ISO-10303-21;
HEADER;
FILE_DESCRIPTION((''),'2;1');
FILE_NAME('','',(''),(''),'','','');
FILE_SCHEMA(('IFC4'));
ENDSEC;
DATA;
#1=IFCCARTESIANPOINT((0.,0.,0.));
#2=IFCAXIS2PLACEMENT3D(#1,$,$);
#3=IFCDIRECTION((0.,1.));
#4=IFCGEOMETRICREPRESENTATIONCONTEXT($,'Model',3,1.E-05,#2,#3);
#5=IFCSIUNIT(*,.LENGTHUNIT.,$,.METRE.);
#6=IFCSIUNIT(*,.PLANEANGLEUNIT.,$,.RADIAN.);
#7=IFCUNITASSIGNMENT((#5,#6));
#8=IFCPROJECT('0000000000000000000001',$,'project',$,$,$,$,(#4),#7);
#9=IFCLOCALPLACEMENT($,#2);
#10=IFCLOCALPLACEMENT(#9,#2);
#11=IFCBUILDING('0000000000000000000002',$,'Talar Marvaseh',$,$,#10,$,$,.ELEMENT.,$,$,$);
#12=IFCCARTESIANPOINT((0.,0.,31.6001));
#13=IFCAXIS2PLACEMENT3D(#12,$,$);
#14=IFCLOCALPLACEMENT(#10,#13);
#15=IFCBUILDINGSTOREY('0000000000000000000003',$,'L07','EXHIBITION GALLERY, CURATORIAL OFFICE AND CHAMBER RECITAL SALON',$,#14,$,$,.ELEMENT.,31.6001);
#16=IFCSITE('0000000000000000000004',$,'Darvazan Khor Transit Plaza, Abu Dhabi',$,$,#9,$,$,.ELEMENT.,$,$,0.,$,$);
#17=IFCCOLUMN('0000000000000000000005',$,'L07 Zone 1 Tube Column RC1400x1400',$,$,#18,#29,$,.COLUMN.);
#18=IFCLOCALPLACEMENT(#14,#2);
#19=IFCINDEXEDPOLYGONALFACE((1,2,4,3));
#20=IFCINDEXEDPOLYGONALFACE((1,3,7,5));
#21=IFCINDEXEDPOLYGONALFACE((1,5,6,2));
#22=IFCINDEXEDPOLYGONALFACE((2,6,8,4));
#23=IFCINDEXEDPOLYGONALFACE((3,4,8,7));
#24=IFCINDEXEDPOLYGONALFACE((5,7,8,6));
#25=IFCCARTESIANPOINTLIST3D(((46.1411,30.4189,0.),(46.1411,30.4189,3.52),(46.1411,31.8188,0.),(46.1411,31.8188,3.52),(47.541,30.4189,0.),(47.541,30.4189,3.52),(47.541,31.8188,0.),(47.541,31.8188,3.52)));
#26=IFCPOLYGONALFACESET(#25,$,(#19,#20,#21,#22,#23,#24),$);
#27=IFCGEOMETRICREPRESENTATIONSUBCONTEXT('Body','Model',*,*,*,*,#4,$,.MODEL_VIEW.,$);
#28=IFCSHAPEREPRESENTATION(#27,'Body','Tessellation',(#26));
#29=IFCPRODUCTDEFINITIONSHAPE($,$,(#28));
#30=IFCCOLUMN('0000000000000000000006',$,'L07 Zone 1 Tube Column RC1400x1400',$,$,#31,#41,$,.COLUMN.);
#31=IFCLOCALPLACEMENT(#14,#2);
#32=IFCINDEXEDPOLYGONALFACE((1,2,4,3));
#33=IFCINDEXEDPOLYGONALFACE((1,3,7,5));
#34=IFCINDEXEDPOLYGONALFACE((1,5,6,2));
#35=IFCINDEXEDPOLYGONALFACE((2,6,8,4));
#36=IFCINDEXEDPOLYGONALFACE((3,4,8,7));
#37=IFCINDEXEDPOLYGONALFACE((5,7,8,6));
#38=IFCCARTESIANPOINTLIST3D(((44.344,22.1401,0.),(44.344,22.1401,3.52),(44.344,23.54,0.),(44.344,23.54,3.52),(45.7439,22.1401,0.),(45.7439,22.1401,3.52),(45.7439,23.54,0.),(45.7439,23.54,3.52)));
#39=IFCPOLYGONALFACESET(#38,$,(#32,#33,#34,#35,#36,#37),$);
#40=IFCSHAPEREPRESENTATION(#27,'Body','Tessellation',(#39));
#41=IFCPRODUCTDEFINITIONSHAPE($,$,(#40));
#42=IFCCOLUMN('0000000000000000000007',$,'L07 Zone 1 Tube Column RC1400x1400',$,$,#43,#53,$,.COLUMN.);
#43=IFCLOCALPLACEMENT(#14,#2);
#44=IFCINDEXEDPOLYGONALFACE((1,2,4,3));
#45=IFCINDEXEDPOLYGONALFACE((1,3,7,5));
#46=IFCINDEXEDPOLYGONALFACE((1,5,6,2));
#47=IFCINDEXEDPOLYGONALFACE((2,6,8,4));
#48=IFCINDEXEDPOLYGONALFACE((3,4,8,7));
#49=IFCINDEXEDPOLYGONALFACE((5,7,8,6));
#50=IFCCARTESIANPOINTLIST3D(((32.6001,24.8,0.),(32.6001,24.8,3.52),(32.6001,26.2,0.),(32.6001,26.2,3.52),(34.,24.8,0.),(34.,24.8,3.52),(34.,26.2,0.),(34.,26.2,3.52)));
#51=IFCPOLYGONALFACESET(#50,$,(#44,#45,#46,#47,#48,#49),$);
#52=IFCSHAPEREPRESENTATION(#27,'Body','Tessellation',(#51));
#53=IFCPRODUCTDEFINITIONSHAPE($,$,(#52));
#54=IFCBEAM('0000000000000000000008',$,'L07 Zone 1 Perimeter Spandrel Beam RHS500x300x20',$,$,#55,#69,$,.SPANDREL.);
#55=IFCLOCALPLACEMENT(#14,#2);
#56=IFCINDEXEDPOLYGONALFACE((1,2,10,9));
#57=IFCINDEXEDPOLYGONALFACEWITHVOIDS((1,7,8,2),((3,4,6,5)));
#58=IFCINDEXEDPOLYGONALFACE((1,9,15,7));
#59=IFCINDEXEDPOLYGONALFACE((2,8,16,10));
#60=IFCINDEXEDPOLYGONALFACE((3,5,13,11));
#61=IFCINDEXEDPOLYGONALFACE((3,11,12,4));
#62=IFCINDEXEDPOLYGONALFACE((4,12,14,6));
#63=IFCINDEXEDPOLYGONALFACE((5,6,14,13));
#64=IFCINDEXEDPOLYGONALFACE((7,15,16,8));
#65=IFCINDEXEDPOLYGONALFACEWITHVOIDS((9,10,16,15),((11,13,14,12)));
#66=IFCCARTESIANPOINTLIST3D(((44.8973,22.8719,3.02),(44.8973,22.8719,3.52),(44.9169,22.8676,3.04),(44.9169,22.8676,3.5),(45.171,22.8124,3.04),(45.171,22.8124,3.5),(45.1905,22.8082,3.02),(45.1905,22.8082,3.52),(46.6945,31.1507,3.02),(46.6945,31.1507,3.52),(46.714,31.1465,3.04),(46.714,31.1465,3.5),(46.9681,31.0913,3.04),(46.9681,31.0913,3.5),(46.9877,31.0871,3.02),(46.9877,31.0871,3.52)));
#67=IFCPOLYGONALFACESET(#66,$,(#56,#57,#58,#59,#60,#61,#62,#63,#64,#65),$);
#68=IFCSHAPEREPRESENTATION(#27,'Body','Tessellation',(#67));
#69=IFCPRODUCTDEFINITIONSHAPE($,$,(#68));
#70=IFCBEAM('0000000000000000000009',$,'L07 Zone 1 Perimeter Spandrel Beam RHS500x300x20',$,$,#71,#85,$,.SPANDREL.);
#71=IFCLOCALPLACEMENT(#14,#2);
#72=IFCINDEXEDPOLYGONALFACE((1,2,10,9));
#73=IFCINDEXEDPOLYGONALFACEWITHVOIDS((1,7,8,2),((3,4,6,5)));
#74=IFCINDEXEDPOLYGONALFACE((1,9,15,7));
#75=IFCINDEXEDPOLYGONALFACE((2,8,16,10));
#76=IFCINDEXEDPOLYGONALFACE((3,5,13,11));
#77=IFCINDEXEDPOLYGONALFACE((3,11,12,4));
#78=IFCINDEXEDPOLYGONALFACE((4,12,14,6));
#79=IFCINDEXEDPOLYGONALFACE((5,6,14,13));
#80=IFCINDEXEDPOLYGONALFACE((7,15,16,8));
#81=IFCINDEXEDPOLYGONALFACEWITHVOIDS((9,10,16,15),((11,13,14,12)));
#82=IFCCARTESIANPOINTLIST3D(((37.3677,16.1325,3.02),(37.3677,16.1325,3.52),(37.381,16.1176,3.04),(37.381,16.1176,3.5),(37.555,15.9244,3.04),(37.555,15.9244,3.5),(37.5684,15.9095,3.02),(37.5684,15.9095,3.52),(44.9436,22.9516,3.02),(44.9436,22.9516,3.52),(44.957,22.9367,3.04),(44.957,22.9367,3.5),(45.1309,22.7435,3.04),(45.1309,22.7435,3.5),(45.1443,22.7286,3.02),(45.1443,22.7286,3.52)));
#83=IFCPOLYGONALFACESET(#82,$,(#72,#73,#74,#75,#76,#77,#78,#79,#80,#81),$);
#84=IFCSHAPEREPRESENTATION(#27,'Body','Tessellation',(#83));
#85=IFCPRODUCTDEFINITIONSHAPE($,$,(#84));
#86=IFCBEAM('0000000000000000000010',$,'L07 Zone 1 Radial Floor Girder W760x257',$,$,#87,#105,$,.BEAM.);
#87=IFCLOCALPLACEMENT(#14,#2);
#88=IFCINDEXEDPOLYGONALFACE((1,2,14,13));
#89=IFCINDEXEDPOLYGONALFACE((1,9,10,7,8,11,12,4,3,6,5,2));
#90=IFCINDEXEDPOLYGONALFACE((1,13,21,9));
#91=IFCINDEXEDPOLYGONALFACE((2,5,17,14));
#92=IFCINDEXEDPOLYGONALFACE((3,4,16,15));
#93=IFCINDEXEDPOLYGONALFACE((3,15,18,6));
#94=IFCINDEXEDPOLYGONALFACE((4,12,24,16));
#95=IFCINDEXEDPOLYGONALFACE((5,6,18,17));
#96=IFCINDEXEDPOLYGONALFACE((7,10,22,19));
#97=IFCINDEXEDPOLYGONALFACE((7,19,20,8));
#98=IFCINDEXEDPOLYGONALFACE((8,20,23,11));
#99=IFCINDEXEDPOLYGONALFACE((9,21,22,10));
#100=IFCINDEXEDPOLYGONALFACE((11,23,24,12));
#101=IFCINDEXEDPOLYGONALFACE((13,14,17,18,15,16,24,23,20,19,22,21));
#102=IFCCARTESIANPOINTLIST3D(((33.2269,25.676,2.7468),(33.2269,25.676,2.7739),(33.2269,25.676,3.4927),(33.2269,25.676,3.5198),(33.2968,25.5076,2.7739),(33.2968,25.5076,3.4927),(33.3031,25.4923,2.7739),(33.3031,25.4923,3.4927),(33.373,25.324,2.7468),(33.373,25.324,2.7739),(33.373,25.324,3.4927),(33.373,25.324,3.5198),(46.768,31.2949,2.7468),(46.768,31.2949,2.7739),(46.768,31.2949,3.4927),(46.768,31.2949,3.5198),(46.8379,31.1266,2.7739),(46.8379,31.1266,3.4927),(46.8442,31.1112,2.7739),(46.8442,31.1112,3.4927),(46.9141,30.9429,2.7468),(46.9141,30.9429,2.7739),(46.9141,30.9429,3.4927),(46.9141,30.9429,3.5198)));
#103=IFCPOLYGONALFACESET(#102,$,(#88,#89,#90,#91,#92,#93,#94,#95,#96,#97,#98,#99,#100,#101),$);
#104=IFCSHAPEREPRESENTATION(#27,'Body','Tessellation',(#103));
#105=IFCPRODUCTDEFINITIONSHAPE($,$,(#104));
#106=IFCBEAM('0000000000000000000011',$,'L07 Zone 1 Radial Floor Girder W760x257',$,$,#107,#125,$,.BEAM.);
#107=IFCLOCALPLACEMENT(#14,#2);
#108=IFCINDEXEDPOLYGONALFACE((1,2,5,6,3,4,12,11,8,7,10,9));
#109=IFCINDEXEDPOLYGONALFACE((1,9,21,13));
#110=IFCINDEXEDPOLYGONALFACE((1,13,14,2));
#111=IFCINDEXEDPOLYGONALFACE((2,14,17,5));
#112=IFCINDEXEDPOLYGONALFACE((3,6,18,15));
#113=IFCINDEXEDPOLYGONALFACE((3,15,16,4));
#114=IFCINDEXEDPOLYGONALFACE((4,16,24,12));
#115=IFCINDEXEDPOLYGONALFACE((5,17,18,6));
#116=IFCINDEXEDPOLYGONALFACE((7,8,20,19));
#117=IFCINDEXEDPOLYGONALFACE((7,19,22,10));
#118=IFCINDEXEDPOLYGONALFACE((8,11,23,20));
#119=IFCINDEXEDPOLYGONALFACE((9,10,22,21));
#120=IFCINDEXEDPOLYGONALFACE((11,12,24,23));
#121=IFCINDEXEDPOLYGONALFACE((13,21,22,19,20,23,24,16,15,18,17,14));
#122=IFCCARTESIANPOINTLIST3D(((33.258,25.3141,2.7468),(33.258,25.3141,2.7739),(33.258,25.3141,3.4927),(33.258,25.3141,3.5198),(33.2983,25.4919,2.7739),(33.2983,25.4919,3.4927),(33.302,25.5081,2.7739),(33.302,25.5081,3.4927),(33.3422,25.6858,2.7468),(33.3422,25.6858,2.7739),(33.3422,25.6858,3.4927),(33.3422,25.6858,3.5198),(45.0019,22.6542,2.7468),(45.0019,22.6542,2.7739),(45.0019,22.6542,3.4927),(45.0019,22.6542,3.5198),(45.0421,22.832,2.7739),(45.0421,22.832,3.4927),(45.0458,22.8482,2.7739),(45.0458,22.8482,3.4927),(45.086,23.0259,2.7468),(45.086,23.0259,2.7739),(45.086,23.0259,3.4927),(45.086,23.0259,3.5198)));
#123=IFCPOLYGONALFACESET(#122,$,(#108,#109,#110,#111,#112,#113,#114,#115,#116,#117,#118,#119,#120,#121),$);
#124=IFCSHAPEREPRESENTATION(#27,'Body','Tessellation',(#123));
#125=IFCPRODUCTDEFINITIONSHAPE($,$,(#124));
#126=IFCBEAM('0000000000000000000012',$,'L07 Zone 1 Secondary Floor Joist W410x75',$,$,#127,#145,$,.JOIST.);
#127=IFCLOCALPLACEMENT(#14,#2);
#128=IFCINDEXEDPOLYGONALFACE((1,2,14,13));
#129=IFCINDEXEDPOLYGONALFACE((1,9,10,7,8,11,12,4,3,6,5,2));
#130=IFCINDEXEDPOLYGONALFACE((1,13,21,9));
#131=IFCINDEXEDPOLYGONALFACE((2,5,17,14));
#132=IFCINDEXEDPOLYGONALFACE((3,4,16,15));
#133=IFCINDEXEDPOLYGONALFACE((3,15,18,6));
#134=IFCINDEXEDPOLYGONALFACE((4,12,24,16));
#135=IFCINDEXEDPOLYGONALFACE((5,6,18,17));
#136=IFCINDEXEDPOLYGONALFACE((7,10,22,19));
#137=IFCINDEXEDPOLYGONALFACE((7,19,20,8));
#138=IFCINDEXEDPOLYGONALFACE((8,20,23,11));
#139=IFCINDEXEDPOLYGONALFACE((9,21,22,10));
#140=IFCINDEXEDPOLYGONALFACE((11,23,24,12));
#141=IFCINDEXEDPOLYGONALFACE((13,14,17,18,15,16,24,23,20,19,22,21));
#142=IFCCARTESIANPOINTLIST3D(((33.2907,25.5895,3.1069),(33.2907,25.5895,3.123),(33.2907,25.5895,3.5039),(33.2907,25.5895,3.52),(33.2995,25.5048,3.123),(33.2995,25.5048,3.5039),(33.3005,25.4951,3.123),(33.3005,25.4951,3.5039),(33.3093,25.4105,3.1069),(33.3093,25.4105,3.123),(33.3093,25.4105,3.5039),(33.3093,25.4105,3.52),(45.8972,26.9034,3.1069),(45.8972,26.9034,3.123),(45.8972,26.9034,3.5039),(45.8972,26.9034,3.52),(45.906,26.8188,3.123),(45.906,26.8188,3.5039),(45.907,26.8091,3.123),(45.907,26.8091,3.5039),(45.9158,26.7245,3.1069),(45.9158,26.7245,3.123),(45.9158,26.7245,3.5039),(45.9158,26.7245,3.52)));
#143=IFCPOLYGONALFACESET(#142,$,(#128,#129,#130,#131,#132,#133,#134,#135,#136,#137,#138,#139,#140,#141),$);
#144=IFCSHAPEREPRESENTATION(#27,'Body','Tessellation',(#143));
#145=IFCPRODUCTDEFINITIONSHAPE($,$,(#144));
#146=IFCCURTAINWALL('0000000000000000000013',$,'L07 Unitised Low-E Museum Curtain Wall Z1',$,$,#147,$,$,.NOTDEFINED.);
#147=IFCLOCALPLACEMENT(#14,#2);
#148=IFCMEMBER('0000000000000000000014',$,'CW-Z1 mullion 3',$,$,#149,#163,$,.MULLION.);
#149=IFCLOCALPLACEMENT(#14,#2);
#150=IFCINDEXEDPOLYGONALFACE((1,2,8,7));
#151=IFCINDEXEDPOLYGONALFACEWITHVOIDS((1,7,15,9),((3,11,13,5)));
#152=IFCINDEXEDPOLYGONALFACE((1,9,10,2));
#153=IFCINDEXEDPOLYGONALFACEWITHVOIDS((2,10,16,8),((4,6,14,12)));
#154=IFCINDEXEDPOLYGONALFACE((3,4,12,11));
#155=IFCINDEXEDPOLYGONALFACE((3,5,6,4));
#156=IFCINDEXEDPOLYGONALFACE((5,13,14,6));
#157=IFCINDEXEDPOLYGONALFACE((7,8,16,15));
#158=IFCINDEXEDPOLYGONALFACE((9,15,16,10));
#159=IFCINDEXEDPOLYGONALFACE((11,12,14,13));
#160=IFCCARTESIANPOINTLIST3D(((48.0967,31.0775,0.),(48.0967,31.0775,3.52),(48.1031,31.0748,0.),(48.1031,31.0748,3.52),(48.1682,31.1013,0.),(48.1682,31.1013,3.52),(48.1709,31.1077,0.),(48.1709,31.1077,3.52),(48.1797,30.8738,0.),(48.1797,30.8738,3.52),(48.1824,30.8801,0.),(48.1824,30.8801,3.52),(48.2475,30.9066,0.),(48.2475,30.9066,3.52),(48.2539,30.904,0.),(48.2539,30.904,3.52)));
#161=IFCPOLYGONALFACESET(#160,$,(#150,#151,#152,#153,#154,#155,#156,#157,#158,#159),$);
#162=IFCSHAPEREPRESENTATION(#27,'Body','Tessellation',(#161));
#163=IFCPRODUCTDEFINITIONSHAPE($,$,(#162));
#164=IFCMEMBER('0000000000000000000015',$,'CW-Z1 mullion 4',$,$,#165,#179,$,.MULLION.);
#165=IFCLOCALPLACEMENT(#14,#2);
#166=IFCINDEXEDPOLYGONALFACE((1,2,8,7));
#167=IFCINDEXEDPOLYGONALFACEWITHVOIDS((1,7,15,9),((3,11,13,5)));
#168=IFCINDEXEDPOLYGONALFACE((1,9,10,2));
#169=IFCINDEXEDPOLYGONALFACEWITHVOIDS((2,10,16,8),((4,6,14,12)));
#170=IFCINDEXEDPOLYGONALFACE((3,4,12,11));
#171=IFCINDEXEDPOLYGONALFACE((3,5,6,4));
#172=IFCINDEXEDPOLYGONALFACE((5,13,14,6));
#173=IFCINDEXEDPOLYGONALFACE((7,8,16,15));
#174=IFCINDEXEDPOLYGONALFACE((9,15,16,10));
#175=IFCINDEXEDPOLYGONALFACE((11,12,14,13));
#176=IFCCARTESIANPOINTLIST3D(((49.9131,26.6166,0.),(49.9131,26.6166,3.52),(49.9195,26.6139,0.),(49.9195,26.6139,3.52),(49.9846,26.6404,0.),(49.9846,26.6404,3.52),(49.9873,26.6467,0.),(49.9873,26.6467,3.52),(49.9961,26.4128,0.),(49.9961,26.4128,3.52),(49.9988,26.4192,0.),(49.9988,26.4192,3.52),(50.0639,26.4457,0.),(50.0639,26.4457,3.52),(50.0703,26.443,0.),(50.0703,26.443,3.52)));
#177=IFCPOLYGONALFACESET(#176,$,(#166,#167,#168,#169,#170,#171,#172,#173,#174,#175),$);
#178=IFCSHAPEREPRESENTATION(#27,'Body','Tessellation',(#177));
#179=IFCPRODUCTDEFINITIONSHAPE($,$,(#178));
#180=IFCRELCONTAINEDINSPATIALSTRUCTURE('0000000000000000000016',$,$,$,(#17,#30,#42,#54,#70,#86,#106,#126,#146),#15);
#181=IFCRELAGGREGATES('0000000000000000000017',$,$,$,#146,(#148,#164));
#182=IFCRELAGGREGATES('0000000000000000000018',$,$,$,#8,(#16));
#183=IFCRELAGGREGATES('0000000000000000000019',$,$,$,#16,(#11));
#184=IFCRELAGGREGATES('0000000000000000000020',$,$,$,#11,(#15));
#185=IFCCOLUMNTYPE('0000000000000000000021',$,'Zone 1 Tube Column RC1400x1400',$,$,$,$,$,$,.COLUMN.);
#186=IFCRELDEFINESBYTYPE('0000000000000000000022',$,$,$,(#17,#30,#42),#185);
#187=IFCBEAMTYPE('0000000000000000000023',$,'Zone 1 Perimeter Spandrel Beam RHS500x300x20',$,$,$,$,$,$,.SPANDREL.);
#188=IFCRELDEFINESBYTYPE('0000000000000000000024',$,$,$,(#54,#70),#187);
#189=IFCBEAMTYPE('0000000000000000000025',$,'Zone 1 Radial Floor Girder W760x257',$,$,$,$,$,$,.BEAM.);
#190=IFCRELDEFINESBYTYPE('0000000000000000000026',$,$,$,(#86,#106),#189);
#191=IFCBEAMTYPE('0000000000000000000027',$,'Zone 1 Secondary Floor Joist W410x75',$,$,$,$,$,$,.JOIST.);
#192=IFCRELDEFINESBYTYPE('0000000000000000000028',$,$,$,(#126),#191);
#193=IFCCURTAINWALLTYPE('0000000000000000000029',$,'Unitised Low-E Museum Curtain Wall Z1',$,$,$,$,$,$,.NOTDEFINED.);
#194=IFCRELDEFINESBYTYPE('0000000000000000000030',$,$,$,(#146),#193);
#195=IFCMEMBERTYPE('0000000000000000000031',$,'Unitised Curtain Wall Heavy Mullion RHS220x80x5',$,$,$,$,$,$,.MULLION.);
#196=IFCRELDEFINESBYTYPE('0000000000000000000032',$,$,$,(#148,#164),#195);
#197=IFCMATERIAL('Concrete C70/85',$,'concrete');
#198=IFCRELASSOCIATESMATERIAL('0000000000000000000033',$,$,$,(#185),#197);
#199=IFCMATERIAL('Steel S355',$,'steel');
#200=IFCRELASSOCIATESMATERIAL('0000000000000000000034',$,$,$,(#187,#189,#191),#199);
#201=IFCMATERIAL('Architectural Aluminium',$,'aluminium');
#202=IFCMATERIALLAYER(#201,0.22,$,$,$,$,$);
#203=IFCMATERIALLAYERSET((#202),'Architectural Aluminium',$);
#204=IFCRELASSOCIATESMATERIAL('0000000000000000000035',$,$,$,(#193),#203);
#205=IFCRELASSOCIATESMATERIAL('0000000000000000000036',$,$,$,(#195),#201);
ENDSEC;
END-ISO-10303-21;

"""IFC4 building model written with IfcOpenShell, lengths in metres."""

from ifc_helpers import new_model, si_unit, direction, frame, origin, origin_2d, place, context, subcontext, project, spatial, rectangle, hollow_rectangle, i_section, extrude, source, transform, mapped, material, layer, layer_set, material_profile, profile_set, type_object, type_shapes, element, aggregate, save


model = new_model("IFC4")

# Units and contexts
model_context = context("Model", 3, precision=1e-05, world=origin(), true_north=direction((0.0, 1.0)))
body_context = subcontext(model_context, "Body", "Model", "MODEL_VIEW")
ifc_project = project(units=[si_unit("LENGTHUNIT", "METRE"), si_unit("PLANEANGLEUNIT", "RADIAN")], contexts=[model_context])

# Site, building, storey
site_placement = place(None, origin())
site = spatial("IfcSite", under=ifc_project, at=site_placement, Name="Darvazan Khor Transit Plaza, Abu Dhabi", CompositionType="ELEMENT", RefElevation=0.0)
building_placement = place(site_placement, origin())
building = spatial("IfcBuilding", under=site, at=building_placement, Name="Talar Marvaseh", CompositionType="ELEMENT")
storey_placement = place(building_placement, frame((0.0, 0.0, 31.6001)))
storey = spatial("IfcBuildingStorey", under=building, at=storey_placement, Name="L07", Description="EXHIBITION GALLERY, CURATORIAL OFFICE AND CHAMBER RECITAL SALON", CompositionType="ELEMENT", Elevation=31.6001)

# Columns
ifc_material_1 = material(Name="Concrete C70/85", Category="concrete")
ifc_material_profile_1 = material_profile(ifc_material_1, rectangle(XDim=1.3999, YDim=1.3999, at=origin_2d()), Name="RC1400x1400")
ifc_profile_set_1 = profile_set([ifc_material_profile_1], Name="Concrete C70/85")
column_type = type_object("IfcColumnType", Name="Zone 1 Tube Column RC1400x1400", PredefinedType="COLUMN", material=ifc_profile_set_1)
for number, where, z_axis, x_axis, name in (
    (1, (46.8411, 31.1189, 0.0), (0.0, 0.0, 1.0), (1.0, 0.0, 0.0), "L07 Zone 1 Tube Column RC1400x1400"),
    (2, (45.0439, 22.8401, 0.0), (0.0, 0.0, 1.0), (1.0, 0.0, 0.0), "L07 Zone 1 Tube Column RC1400x1400"),
    (3, (33.3, 25.5, 0.0), (0.0, 0.0, 1.0), (1.0, 0.0, 0.0), "L07 Zone 1 Tube Column RC1400x1400"),
):
    element("IfcColumn", number, at=place(storey_placement, frame(where, z_axis=z_axis, x_axis=x_axis)), inside=storey, type_object=column_type, Name=name, PredefinedType="COLUMN", context=body_context, shape_type="SweptSolid", body=[
        extrude(rectangle(XDim=1.3999, YDim=1.3999, at=origin_2d()), origin(), (0.0, 0.0, 1.0), 3.52),
    ])

# Beams
ifc_material_2 = material(Name="Steel S355", Category="steel")
ifc_material_profile_2 = material_profile(ifc_material_2, hollow_rectangle(XDim=0.3, YDim=0.5, WallThickness=0.02, at=origin_2d()), Name="RHS500x300x20")
ifc_profile_set_2 = profile_set([ifc_material_profile_2], Name="Steel S355")
beam_type_1 = type_object("IfcBeamType", Name="Zone 1 Perimeter Spandrel Beam RHS500x300x20", PredefinedType="SPANDREL", material=ifc_profile_set_2)
beam_1_placement = place(storey_placement, frame((46.8411, 31.1189, 3.27), z_axis=(-0.212134, -0.977241, 0.0), x_axis=(0.977241, -0.212134, 0.0)))
element("IfcBeam", 4, at=beam_1_placement, inside=storey, type_object=beam_type_1, Name="L07 Zone 1 Perimeter Spandrel Beam RHS500x300x20", PredefinedType="SPANDREL", context=body_context, shape_type="SweptSolid", body=[
    extrude(hollow_rectangle(XDim=0.3, YDim=0.5, WallThickness=0.02, at=origin_2d()), origin(), (0.0, 0.0, 1.0), 8.4717),
])
beam_2_placement = place(storey_placement, frame((45.0439, 22.8401, 3.27), z_axis=(-0.743257, -0.669006, 0.0), x_axis=(0.669006, -0.743257, 0.0)))
element("IfcBeam", 5, at=beam_2_placement, inside=storey, type_object=beam_type_1, Name="L07 Zone 1 Perimeter Spandrel Beam RHS500x300x20", PredefinedType="SPANDREL", context=body_context, shape_type="SweptSolid", body=[
    extrude(hollow_rectangle(XDim=0.3, YDim=0.5, WallThickness=0.02, at=origin_2d()), origin(), (0.0, 0.0, 1.0), 10.1929),
])
ifc_material_profile_3 = material_profile(ifc_material_2, i_section(OverallWidth=0.3811, OverallDepth=0.7729, WebThickness=0.0166, FlangeThickness=0.0271, at=origin_2d()), Name="W760x257")
ifc_profile_set_3 = profile_set([ifc_material_profile_3], Name="Steel S355")
beam_type_2 = type_object("IfcBeamType", Name="Zone 1 Radial Floor Girder W760x257", PredefinedType="BEAM", material=ifc_profile_set_3)
beam_3_placement = place(storey_placement, frame((46.8411, 31.1189, 3.1333), z_axis=(-0.923638, -0.383267, 0.0), x_axis=(0.383267, -0.923638, 0.0)))
element("IfcBeam", 6, at=beam_3_placement, inside=storey, type_object=beam_type_2, Name="L07 Zone 1 Radial Floor Girder W760x257", PredefinedType="BEAM", context=body_context, shape_type="SweptSolid", body=[
    extrude(i_section(OverallWidth=0.3811, OverallDepth=0.7729, WebThickness=0.0166, FlangeThickness=0.0271, at=origin_2d()), origin(), (0.0, 0.0, 1.0), 14.6606),
])
beam_4_placement = place(storey_placement, frame((45.0439, 22.8401, 3.1333), z_axis=(-0.975297, 0.220898, 0.0), x_axis=(-0.220898, -0.975297, 0.0)))
element("IfcBeam", 7, at=beam_4_placement, inside=storey, type_object=beam_type_2, Name="L07 Zone 1 Radial Floor Girder W760x257", PredefinedType="BEAM", context=body_context, shape_type="SweptSolid", body=[
    extrude(i_section(OverallWidth=0.3811, OverallDepth=0.7729, WebThickness=0.0166, FlangeThickness=0.0271, at=origin_2d()), origin(), (0.0, 0.0, 1.0), 12.0413),
])
ifc_material_profile_4 = material_profile(ifc_material_2, i_section(OverallWidth=0.1799, OverallDepth=0.4131, WebThickness=0.0098, FlangeThickness=0.0161, at=origin_2d()), Name="W410x75")
ifc_profile_set_4 = profile_set([ifc_material_profile_4], Name="Steel S355")
beam_type_3 = type_object("IfcBeamType", Name="Zone 1 Secondary Floor Joist W410x75", PredefinedType="JOIST", material=ifc_profile_set_4)
beam_5_placement = place(storey_placement, frame((45.9065, 26.814, 3.3135), z_axis=(-0.994612, -0.103668, 0.0), x_axis=(0.103668, -0.994612, 0.0)))
element("IfcBeam", 8, at=beam_5_placement, inside=storey, type_object=beam_type_3, Name="L07 Zone 1 Secondary Floor Joist W410x75", PredefinedType="JOIST", context=body_context, shape_type="SweptSolid", body=[
    extrude(i_section(OverallWidth=0.1799, OverallDepth=0.4131, WebThickness=0.0098, FlangeThickness=0.0161, at=origin_2d()), origin(), (0.0, 0.0, 1.0), 12.6748),
])

# Curtain wall, members
ifc_material_3 = material(Name="Architectural Aluminium", Category="aluminium")
ifc_layer_1 = layer(ifc_material_3, 0.22)
ifc_layer_set_1 = layer_set([ifc_layer_1], Name="Architectural Aluminium")
curtain_wall_type = type_object("IfcCurtainWallType", Name="Unitised Low-E Museum Curtain Wall Z1", PredefinedType="NOTDEFINED", material=ifc_layer_set_1)
curtain_wall_placement = place(storey_placement, origin())
curtain_wall = element("IfcCurtainWall", 9, at=curtain_wall_placement, inside=storey, type_object=curtain_wall_type, Name="L07 Unitised Low-E Museum Curtain Wall Z1", PredefinedType="NOTDEFINED")
ifc_material_profile_5 = material_profile(ifc_material_3, hollow_rectangle(XDim=0.0801, YDim=0.22, WallThickness=0.0049, at=origin_2d()), Name="RHS220x80x5")
ifc_profile_set_5 = profile_set([ifc_material_profile_5], Name="Architectural Aluminium")
member_type_1 = type_object("IfcMemberType", Name="Unitised Curtain Wall Heavy Mullion RHS220x80x5", PredefinedType="MULLION", material=ifc_profile_set_5)
shared_shape_1 = source(origin(), body_context, "Body", "SweptSolid", [
    extrude(hollow_rectangle(XDim=0.0801, YDim=0.22, WallThickness=0.0049, at=origin_2d()), origin(), (0.0, 0.0, 1.0), 3.52),
])
type_shapes(member_type_1, [shared_shape_1])
member_1_placement = place(storey_placement, frame((48.1753, 30.9907, 0.0), z_axis=(0.0, 0.0, 1.0), x_axis=(0.926174, 0.377096, 0.0)))
member_1 = element("IfcMember", 10, at=member_1_placement, type_object=member_type_1, Name="CW-Z1 mullion 3", PredefinedType="MULLION", context=body_context, shape_type="MappedRepresentation", body=[
    mapped(shared_shape_1, transform((0.0, 0.0, 0.0), x_axis=(1.0, 0.0, 0.0), y_axis=(0.0, 1.0, 0.0), z_axis=(0.0, 0.0, 1.0), scale=1.0)),
])
member_2_placement = place(storey_placement, frame((49.9917, 26.5298, 0.0), z_axis=(0.0, 0.0, 1.0), x_axis=(0.926174, 0.377096, 0.0)))
member_2 = element("IfcMember", 11, at=member_2_placement, type_object=member_type_1, Name="CW-Z1 mullion 4", PredefinedType="MULLION", context=body_context, shape_type="MappedRepresentation", body=[
    mapped(shared_shape_1, transform((0.0, 0.0, 0.0), x_axis=(1.0, 0.0, 0.0), y_axis=(0.0, 1.0, 0.0), z_axis=(0.0, 0.0, 1.0), scale=1.0)),
])
aggregate(curtain_wall, [member_1, member_2])

save(model, "model.ifc")
